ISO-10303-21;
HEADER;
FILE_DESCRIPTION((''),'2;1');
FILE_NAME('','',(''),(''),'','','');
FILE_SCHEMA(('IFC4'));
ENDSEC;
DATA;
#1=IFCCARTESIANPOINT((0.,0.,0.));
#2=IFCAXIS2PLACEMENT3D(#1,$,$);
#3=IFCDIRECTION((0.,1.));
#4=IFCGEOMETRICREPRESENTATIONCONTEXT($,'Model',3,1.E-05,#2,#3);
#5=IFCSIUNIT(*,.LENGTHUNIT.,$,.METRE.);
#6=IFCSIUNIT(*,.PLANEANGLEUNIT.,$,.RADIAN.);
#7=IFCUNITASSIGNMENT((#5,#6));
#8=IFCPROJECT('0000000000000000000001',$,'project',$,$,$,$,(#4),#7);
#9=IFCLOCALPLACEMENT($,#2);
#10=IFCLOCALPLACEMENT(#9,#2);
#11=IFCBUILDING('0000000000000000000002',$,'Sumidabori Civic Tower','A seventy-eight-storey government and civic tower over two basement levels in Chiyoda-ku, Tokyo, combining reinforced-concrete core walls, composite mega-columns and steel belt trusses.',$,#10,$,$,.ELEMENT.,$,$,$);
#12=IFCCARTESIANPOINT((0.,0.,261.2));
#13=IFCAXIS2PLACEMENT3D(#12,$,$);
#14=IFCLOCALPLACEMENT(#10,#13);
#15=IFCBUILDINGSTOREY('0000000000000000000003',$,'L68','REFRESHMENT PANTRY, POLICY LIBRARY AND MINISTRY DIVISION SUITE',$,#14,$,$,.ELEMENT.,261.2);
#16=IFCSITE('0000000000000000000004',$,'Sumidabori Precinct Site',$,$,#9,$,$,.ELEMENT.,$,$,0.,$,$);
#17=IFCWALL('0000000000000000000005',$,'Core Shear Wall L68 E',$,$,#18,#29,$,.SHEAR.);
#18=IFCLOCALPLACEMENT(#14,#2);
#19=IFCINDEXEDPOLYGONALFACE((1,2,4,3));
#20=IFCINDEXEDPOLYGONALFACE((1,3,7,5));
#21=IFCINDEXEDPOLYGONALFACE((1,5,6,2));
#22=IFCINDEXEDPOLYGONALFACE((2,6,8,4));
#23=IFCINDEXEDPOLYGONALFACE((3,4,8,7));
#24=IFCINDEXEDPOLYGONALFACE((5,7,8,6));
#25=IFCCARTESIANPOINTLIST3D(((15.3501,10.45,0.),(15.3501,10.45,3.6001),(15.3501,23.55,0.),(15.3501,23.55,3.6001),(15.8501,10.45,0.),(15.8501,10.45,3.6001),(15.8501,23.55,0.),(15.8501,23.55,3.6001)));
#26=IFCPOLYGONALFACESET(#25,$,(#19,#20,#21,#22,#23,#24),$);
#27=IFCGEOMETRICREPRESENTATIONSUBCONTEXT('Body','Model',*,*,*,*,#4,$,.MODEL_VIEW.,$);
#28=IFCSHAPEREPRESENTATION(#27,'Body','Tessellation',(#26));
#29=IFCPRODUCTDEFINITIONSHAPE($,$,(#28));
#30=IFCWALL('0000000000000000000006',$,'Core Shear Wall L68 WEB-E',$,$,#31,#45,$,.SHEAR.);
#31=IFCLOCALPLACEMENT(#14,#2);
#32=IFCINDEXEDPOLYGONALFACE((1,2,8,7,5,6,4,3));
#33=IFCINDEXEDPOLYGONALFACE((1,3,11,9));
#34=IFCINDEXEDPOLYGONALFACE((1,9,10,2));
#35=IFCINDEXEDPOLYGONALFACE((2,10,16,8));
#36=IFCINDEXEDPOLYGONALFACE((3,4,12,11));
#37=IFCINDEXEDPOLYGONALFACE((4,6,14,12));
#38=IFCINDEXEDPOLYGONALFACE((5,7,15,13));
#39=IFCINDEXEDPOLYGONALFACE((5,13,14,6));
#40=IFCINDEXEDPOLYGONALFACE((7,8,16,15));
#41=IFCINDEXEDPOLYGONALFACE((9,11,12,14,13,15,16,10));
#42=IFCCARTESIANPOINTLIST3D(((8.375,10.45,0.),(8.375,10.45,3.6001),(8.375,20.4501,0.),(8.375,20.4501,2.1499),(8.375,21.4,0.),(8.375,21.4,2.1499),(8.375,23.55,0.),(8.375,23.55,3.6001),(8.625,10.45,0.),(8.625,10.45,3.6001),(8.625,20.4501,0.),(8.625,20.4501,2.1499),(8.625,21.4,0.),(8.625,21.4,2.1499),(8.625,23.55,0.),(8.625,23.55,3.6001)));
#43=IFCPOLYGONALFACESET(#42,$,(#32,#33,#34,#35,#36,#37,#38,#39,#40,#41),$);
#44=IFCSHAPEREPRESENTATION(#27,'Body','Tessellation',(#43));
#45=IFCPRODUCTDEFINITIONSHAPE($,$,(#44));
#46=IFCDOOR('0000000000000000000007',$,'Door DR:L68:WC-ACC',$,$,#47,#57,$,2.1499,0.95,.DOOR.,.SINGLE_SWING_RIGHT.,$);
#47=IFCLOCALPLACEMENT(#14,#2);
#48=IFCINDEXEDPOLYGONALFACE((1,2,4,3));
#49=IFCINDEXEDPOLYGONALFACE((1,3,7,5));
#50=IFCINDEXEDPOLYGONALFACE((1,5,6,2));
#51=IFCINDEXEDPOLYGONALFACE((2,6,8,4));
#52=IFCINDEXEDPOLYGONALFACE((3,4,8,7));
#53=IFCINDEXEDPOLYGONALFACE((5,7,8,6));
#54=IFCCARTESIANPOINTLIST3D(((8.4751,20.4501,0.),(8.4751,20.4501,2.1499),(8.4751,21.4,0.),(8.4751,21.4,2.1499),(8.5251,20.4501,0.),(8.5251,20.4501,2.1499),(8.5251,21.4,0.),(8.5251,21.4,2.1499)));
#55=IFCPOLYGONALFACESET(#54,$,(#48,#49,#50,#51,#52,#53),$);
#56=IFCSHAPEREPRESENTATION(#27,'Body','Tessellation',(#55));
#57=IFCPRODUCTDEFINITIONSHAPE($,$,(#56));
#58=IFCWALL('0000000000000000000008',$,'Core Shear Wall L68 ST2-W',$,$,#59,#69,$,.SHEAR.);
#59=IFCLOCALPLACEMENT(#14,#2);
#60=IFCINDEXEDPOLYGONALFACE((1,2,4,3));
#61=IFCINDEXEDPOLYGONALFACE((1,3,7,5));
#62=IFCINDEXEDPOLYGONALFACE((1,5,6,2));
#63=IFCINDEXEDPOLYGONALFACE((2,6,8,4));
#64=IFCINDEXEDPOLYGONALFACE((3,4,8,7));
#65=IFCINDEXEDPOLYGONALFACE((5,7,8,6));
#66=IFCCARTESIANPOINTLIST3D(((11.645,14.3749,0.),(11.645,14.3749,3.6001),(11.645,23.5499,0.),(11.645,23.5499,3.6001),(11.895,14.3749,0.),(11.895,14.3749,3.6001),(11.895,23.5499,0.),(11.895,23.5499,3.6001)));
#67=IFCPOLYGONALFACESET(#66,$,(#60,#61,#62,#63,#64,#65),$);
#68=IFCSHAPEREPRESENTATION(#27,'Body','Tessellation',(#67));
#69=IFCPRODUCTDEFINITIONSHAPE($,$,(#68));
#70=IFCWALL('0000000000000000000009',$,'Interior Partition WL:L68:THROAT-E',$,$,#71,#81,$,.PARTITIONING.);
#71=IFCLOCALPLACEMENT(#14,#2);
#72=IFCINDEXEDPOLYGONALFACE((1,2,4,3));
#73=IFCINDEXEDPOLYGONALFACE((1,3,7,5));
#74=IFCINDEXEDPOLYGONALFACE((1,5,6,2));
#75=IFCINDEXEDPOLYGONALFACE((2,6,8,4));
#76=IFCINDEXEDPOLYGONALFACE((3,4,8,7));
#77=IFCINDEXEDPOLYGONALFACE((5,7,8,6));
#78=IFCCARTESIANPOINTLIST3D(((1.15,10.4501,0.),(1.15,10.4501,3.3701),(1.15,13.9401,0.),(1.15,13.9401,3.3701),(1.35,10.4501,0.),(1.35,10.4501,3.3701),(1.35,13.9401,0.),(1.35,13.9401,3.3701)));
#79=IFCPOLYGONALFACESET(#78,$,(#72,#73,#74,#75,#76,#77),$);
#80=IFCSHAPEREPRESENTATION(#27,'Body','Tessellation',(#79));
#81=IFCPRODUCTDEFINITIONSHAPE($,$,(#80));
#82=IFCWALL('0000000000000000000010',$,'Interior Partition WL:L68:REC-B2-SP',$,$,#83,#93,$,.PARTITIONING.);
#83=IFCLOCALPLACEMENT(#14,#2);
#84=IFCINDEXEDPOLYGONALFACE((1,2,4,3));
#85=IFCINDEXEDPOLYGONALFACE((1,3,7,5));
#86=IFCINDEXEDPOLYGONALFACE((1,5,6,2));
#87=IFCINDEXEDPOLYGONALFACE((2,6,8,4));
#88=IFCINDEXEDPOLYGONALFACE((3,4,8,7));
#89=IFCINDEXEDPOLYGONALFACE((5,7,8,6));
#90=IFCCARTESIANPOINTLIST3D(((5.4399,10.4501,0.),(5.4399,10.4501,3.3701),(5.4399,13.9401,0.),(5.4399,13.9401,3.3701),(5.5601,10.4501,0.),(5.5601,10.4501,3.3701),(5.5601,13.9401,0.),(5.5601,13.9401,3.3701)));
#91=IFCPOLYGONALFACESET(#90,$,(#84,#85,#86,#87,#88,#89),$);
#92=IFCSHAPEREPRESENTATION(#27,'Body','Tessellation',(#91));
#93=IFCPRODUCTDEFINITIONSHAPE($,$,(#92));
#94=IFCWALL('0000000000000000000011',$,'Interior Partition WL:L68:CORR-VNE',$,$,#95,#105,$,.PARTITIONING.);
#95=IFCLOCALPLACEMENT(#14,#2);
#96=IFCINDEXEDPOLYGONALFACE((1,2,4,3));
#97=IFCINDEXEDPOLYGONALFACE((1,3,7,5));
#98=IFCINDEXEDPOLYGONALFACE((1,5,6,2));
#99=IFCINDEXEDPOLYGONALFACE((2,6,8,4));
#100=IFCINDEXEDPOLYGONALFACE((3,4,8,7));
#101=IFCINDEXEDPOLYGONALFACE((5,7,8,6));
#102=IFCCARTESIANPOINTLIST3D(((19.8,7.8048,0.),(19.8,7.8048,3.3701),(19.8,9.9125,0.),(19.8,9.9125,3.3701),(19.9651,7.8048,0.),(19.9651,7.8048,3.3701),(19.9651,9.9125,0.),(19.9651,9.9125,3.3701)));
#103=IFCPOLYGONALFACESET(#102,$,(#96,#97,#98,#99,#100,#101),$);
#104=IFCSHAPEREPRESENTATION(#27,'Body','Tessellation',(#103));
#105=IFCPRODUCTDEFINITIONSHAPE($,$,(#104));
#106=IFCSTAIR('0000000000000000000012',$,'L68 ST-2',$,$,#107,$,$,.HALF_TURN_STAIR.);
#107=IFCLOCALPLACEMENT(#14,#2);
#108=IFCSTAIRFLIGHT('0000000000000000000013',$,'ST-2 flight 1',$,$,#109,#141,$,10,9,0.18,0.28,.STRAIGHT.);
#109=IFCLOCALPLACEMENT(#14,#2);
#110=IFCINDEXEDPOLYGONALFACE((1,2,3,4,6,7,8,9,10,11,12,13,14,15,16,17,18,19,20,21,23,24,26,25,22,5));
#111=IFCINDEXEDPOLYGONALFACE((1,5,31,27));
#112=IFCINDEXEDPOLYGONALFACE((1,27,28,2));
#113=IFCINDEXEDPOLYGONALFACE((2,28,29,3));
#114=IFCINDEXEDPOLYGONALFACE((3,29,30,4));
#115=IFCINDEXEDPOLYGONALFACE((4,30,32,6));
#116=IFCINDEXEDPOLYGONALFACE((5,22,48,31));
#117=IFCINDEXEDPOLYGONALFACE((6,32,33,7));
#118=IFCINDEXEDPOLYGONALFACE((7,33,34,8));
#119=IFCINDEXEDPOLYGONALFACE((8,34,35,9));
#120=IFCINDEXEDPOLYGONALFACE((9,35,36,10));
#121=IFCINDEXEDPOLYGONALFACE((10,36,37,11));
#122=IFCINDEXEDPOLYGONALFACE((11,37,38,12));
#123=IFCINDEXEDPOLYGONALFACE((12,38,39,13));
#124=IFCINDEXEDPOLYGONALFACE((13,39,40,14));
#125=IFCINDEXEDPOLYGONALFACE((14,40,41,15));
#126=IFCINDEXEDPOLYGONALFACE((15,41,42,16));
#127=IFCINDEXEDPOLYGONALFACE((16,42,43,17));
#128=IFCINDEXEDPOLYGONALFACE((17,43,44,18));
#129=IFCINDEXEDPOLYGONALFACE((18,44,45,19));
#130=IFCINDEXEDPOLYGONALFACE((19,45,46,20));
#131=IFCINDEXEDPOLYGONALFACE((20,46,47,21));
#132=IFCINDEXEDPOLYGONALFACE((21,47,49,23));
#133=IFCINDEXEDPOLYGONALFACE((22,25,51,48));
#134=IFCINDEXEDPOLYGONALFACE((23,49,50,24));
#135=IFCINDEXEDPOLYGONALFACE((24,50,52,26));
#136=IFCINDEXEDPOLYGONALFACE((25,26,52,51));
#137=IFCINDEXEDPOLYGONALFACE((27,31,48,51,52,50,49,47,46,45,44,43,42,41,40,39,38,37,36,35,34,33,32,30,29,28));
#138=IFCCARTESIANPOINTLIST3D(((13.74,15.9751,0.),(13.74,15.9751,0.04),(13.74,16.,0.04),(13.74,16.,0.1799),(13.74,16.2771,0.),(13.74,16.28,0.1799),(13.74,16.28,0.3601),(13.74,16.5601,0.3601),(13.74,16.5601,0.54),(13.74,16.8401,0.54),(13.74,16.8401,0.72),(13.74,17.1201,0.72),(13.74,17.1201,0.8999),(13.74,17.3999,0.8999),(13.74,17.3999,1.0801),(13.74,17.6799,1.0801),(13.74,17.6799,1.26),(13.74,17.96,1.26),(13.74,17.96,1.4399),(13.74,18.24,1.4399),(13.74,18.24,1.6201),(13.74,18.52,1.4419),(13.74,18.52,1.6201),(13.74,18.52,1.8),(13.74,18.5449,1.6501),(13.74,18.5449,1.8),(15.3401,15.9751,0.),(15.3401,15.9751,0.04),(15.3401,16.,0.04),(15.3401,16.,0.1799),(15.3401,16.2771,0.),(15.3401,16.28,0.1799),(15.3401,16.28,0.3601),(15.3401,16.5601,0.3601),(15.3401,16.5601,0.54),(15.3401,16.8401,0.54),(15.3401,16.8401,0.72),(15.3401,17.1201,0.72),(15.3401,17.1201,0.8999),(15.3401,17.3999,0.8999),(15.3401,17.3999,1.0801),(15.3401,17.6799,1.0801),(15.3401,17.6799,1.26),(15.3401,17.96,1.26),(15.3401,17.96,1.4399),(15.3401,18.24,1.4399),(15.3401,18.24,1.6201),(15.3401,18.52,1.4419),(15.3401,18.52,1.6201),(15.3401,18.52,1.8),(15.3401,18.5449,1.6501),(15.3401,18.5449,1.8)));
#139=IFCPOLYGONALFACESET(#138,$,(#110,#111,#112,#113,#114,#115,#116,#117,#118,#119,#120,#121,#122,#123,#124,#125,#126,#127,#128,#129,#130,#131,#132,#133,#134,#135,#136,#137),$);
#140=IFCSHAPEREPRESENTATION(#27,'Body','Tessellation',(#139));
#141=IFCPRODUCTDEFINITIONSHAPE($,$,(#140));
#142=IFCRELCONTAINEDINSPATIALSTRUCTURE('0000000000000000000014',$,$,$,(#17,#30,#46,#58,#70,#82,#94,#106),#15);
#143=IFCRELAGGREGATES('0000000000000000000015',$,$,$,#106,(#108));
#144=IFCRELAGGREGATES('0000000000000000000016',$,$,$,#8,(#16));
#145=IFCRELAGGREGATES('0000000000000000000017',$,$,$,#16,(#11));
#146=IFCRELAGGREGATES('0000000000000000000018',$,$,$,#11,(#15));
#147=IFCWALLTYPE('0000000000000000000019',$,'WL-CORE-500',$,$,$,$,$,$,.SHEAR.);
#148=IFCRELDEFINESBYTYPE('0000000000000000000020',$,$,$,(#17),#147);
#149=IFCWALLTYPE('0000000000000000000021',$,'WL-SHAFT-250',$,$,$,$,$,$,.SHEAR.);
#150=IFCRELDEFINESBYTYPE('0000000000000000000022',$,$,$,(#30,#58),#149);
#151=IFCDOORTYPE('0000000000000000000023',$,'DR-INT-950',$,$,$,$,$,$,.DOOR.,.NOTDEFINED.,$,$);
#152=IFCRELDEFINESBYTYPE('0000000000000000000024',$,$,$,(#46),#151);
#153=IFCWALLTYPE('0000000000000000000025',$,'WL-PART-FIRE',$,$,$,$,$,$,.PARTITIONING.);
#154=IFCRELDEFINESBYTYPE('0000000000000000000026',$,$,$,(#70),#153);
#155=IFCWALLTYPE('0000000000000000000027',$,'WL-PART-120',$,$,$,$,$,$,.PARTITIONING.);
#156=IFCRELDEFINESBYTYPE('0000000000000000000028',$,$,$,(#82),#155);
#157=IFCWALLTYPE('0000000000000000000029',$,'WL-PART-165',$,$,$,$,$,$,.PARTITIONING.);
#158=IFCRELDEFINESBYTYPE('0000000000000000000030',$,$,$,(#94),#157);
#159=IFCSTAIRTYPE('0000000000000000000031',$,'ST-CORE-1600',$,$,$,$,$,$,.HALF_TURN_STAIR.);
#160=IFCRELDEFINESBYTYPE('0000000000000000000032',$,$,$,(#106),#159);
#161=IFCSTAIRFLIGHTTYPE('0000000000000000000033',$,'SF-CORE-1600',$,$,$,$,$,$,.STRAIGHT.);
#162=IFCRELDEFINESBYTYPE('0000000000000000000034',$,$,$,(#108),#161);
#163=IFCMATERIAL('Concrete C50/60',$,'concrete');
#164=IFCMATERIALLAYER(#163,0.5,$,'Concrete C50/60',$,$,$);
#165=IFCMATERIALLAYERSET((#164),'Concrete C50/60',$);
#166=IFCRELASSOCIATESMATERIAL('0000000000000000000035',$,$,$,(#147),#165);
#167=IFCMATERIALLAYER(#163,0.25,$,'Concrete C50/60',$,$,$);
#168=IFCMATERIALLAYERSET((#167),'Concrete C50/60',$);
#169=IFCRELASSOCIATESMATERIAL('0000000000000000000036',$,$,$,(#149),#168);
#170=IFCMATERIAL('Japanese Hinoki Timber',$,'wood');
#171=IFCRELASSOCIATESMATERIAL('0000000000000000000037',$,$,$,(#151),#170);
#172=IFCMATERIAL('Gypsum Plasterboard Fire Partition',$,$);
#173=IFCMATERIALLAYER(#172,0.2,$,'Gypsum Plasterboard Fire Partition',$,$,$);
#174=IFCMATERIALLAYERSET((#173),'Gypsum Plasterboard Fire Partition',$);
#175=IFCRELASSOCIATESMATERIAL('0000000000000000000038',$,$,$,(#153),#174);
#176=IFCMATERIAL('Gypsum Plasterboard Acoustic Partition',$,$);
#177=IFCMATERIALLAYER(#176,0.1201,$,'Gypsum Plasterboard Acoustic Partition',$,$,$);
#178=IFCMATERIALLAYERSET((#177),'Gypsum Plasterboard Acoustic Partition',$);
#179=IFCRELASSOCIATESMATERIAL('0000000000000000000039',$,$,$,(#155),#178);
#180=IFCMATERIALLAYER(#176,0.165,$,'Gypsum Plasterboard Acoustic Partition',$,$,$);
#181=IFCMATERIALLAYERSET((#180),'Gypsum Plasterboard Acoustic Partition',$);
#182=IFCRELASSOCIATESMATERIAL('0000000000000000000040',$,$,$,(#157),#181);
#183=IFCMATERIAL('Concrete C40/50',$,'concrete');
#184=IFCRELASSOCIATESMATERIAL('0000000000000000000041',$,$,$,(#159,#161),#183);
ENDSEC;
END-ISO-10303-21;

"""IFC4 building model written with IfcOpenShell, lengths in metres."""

from ifc_helpers import new_model, si_unit, direction, frame, frame_2d, origin, place, context, subcontext, project, spatial, polyline, rectangle, outline, extrude, source, transform, mapped, material, layer, layer_set, type_object, element, fill, aggregate, save


model = new_model("IFC4")

# Units and contexts
model_context = context("Model", 3, precision=1e-05, world=origin(), true_north=direction((0.0, 1.0)))
body_context = subcontext(model_context, "Body", "Model", "MODEL_VIEW")
ifc_project = project(units=[si_unit("LENGTHUNIT", "METRE"), si_unit("PLANEANGLEUNIT", "RADIAN")], contexts=[model_context])

# Site, building, storey
site_placement = place(None, origin())
site = spatial("IfcSite", under=ifc_project, at=site_placement, Name="Sumidabori Precinct Site", CompositionType="ELEMENT", RefElevation=0.0)
building_placement = place(site_placement, origin())
building = spatial("IfcBuilding", under=site, at=building_placement, Name="Sumidabori Civic Tower", Description="A seventy-eight-storey government and civic tower over two basement levels in Chiyoda-ku, Tokyo, combining reinforced-concrete core walls, composite mega-columns and steel belt trusses.", CompositionType="ELEMENT")
storey_placement = place(building_placement, frame((0.0, 0.0, 261.2)))
storey = spatial("IfcBuildingStorey", under=building, at=storey_placement, Name="L68", Description="REFRESHMENT PANTRY, POLICY LIBRARY AND MINISTRY DIVISION SUITE", CompositionType="ELEMENT", Elevation=261.2)

# Wall
ifc_material_1 = material(Name="Concrete C50/60", Category="concrete")
ifc_layer_1 = layer(ifc_material_1, 0.5, Name="Concrete C50/60")
ifc_layer_set_1 = layer_set([ifc_layer_1], Name="Concrete C50/60")
wall_type_1 = type_object("IfcWallType", Name="WL-CORE-500", PredefinedType="SHEAR", material=ifc_layer_set_1)
shared_shape_1 = source(origin(), body_context, "Body", "SweptSolid", [
    extrude(rectangle(XDim=13.1001, YDim=0.5, at=frame_2d((6.55, 0.0))), origin(), (0.0, 0.0, 1.0), 3.6001),
])
wall_1_placement = place(storey_placement, frame((15.6001, 10.45, 0.0), z_axis=(0.0, 0.0, 1.0), x_axis=(0.0, 1.0, 0.0)))
element("IfcWall", 1, at=wall_1_placement, inside=storey, type_object=wall_type_1, Name="Core Shear Wall L68 E", PredefinedType="SHEAR", context=body_context, shape_type="MappedRepresentation", body=[
    mapped(shared_shape_1, transform((0.0, 0.0, 0.0), x_axis=(1.0, 0.0, 0.0), y_axis=(0.0, 1.0, 0.0), z_axis=(0.0, 0.0, 1.0), scale=1.0)),
])

# Wall, opening, door
ifc_layer_2 = layer(ifc_material_1, 0.25, Name="Concrete C50/60")
ifc_layer_set_2 = layer_set([ifc_layer_2], Name="Concrete C50/60")
wall_type_2 = type_object("IfcWallType", Name="WL-SHAFT-250", PredefinedType="SHEAR", material=ifc_layer_set_2)
shared_shape_2 = source(origin(), body_context, "Body", "SweptSolid", [
    extrude(rectangle(XDim=13.1001, YDim=0.25, at=frame_2d((6.55, 0.0))), origin(), (0.0, 0.0, 1.0), 3.6001),
])
wall_2_placement = place(storey_placement, frame((8.5, 10.45, 0.0), z_axis=(0.0, 0.0, 1.0), x_axis=(0.0, 1.0, 0.0)))
wall_2 = element("IfcWall", 2, at=wall_2_placement, inside=storey, type_object=wall_type_2, Name="Core Shear Wall L68 WEB-E", PredefinedType="SHEAR", context=body_context, shape_type="MappedRepresentation", body=[
    mapped(shared_shape_2, transform((0.0, 0.0, 0.0), x_axis=(1.0, 0.0, 0.0), y_axis=(0.0, 1.0, 0.0), z_axis=(0.0, 0.0, 1.0), scale=1.0)),
])
opening_1_placement = place(wall_2_placement, frame((10.0, 0.0, 0.0)))
opening_1 = element("IfcOpeningElement", 3, at=opening_1_placement, cuts=wall_2, PredefinedType="OPENING", context=body_context, shape_type="SweptSolid", body=[
    extrude(rectangle(XDim=0.95, YDim=2.1499, at=frame_2d((0.4751, 1.075))), frame((0.0, 0.137, 0.0), z_axis=(0.0, -1.0, 0.0), x_axis=(1.0, 0.0, 0.0)), (0.0, 0.0, 1.0), 0.2739),
])
ifc_material_2 = material(Name="Japanese Hinoki Timber", Category="wood")
door_type_1 = type_object("IfcDoorType", Name="DR-INT-950", OperationType="NOTDEFINED", PredefinedType="DOOR", material=ifc_material_2)
shared_shape_3 = source(origin(), body_context, "Body", "SweptSolid", [
    extrude(rectangle(XDim=0.95, YDim=2.1499, at=frame_2d((0.4751, 1.075))), frame((0.0, 0.0249, 0.0), z_axis=(0.0, -1.0, 0.0), x_axis=(1.0, 0.0, 0.0)), (0.0, 0.0, 1.0), 0.05),
])
door_1_placement = place(opening_1_placement, origin())
door_1 = element("IfcDoor", 4, at=door_1_placement, inside=storey, type_object=door_type_1, Name="Door DR:L68:WC-ACC", OperationType="SINGLE_SWING_RIGHT", OverallHeight=2.1499, OverallWidth=0.95, PredefinedType="DOOR", context=body_context, shape_type="MappedRepresentation", body=[
    mapped(shared_shape_3, transform((0.0, 0.0, 0.0), x_axis=(1.0, 0.0, 0.0), y_axis=(0.0, 1.0, 0.0), z_axis=(0.0, 0.0, 1.0), scale=1.0)),
])
fill(opening_1, door_1)

# Wall
shared_shape_4 = source(origin(), body_context, "Body", "SweptSolid", [
    extrude(rectangle(XDim=9.175, YDim=0.25, at=frame_2d((4.5874, 0.0))), origin(), (0.0, 0.0, 1.0), 3.6001),
])
wall_3_placement = place(storey_placement, frame((11.77, 14.375, 0.0), z_axis=(0.0, 0.0, 1.0), x_axis=(0.0, 1.0, 0.0)))
element("IfcWall", 5, at=wall_3_placement, inside=storey, type_object=wall_type_2, Name="Core Shear Wall L68 ST2-W", PredefinedType="SHEAR", context=body_context, shape_type="MappedRepresentation", body=[
    mapped(shared_shape_4, transform((0.0, 0.0, 0.0), x_axis=(1.0, 0.0, 0.0), y_axis=(0.0, 1.0, 0.0), z_axis=(0.0, 0.0, 1.0), scale=1.0)),
])

# Shared definitions
ifc_material_3 = material(Name="Gypsum Plasterboard Fire Partition")
ifc_layer_3 = layer(ifc_material_3, 0.2, Name="Gypsum Plasterboard Fire Partition")
ifc_layer_set_3 = layer_set([ifc_layer_3], Name="Gypsum Plasterboard Fire Partition")
wall_type_3 = type_object("IfcWallType", Name="WL-PART-FIRE", PredefinedType="PARTITIONING", material=ifc_layer_set_3)

# Walls
shared_shape_5 = source(origin(), body_context, "Body", "SweptSolid", [
    extrude(rectangle(XDim=3.49, YDim=0.2, at=frame_2d((1.7451, 0.0))), origin(), (0.0, 0.0, 1.0), 3.3701),
])
wall_4_placement = place(storey_placement, frame((1.25, 10.45, 0.0), z_axis=(0.0, 0.0, 1.0), x_axis=(0.0, 1.0, 0.0)))
element("IfcWall", 6, at=wall_4_placement, inside=storey, type_object=wall_type_3, Name="Interior Partition WL:L68:THROAT-E", PredefinedType="PARTITIONING", context=body_context, shape_type="MappedRepresentation", body=[
    mapped(shared_shape_5, transform((0.0, 0.0, 0.0), x_axis=(1.0, 0.0, 0.0), y_axis=(0.0, 1.0, 0.0), z_axis=(0.0, 0.0, 1.0), scale=1.0)),
])
ifc_material_4 = material(Name="Gypsum Plasterboard Acoustic Partition")
ifc_layer_4 = layer(ifc_material_4, 0.1201, Name="Gypsum Plasterboard Acoustic Partition")
ifc_layer_set_4 = layer_set([ifc_layer_4], Name="Gypsum Plasterboard Acoustic Partition")
wall_type_4 = type_object("IfcWallType", Name="WL-PART-120", PredefinedType="PARTITIONING", material=ifc_layer_set_4)
shared_shape_6 = source(origin(), body_context, "Body", "SweptSolid", [
    extrude(rectangle(XDim=3.49, YDim=0.1201, at=frame_2d((1.7451, 0.0))), origin(), (0.0, 0.0, 1.0), 3.3701),
])
wall_5_placement = place(storey_placement, frame((5.5, 10.45, 0.0), z_axis=(0.0, 0.0, 1.0), x_axis=(0.0, 1.0, 0.0)))
element("IfcWall", 7, at=wall_5_placement, inside=storey, type_object=wall_type_4, Name="Interior Partition WL:L68:REC-B2-SP", PredefinedType="PARTITIONING", context=body_context, shape_type="MappedRepresentation", body=[
    mapped(shared_shape_6, transform((0.0, 0.0, 0.0), x_axis=(1.0, 0.0, 0.0), y_axis=(0.0, 1.0, 0.0), z_axis=(0.0, 0.0, 1.0), scale=1.0)),
])

# Shared definitions
ifc_layer_5 = layer(ifc_material_4, 0.165, Name="Gypsum Plasterboard Acoustic Partition")
ifc_layer_set_5 = layer_set([ifc_layer_5], Name="Gypsum Plasterboard Acoustic Partition")
wall_type_5 = type_object("IfcWallType", Name="WL-PART-165", PredefinedType="PARTITIONING", material=ifc_layer_set_5)

# Wall
shared_shape_7 = source(origin(), body_context, "Body", "SweptSolid", [
    extrude(rectangle(XDim=2.1077, YDim=0.165, at=frame_2d((1.0537, 0.0))), origin(), (0.0, 0.0, 1.0), 3.3701),
])
wall_6_placement = place(storey_placement, frame((19.8826, 7.8049, 0.0), z_axis=(0.0, 0.0, 1.0), x_axis=(0.0, 1.0, 0.0)))
element("IfcWall", 8, at=wall_6_placement, inside=storey, type_object=wall_type_5, Name="Interior Partition WL:L68:CORR-VNE", PredefinedType="PARTITIONING", context=body_context, shape_type="MappedRepresentation", body=[
    mapped(shared_shape_7, transform((0.0, 0.0, 0.0), x_axis=(1.0, 0.0, 0.0), y_axis=(0.0, 1.0, 0.0), z_axis=(0.0, 0.0, 1.0), scale=1.0)),
])

# Stair, stair flight
ifc_material_5 = material(Name="Concrete C40/50", Category="concrete")
stair_type = type_object("IfcStairType", Name="ST-CORE-1600", PredefinedType="HALF_TURN_STAIR", material=ifc_material_5)
stair_placement = place(storey_placement, origin())
stair = element("IfcStair", 9, at=stair_placement, inside=storey, type_object=stair_type, Name="L68 ST-2", PredefinedType="HALF_TURN_STAIR")
stair_flight_type = type_object("IfcStairFlightType", Name="SF-CORE-1600", PredefinedType="STRAIGHT", material=ifc_material_5)
shared_shape_8 = source(origin(), body_context, "Body", "SweptSolid", [
    extrude(outline(polyline([(-0.0249, 0.0), (-0.0249, 0.04), (0.0, 0.04), (0.0, 0.1799), (0.28, 0.1799), (0.28, 0.3601), (0.5601, 0.3601), (0.5601, 0.54), (0.8401, 0.54), (0.8401, 0.72), (1.1201, 0.72), (1.1201, 0.8999), (1.3999, 0.8999), (1.3999, 1.0801), (1.6799, 1.0801), (1.6799, 1.26), (1.96, 1.26), (1.96, 1.4399), (2.24, 1.4399), (2.24, 1.6201), (2.52, 1.6201), (2.52, 1.8), (2.5449, 1.8), (2.5449, 1.6501), (2.52, 1.4419), (0.2771, 0.0), (-0.0249, 0.0)])), frame((0.0, 0.8, 0.0), z_axis=(0.0, -1.0, 0.0), x_axis=(1.0, 0.0, 0.0)), (0.0, 0.0, 1.0), 1.6001),
])
stair_flight_placement = place(storey_placement, frame((14.54, 16.0, 0.0), z_axis=(0.0, 0.0, 1.0), x_axis=(0.0, 1.0, 0.0)))
stair_flight = element("IfcStairFlight", 10, at=stair_flight_placement, type_object=stair_flight_type, Name="ST-2 flight 1", NumberOfRisers=10, NumberOfTreads=9, PredefinedType="STRAIGHT", RiserHeight=0.18, TreadLength=0.28, context=body_context, shape_type="MappedRepresentation", body=[
    mapped(shared_shape_8, transform((0.0, 0.0, 0.0), x_axis=(1.0, 0.0, 0.0), y_axis=(0.0, 1.0, 0.0), z_axis=(0.0, 0.0, 1.0), scale=1.0)),
])
aggregate(stair, [stair_flight])

save(model, "model.ifc")
